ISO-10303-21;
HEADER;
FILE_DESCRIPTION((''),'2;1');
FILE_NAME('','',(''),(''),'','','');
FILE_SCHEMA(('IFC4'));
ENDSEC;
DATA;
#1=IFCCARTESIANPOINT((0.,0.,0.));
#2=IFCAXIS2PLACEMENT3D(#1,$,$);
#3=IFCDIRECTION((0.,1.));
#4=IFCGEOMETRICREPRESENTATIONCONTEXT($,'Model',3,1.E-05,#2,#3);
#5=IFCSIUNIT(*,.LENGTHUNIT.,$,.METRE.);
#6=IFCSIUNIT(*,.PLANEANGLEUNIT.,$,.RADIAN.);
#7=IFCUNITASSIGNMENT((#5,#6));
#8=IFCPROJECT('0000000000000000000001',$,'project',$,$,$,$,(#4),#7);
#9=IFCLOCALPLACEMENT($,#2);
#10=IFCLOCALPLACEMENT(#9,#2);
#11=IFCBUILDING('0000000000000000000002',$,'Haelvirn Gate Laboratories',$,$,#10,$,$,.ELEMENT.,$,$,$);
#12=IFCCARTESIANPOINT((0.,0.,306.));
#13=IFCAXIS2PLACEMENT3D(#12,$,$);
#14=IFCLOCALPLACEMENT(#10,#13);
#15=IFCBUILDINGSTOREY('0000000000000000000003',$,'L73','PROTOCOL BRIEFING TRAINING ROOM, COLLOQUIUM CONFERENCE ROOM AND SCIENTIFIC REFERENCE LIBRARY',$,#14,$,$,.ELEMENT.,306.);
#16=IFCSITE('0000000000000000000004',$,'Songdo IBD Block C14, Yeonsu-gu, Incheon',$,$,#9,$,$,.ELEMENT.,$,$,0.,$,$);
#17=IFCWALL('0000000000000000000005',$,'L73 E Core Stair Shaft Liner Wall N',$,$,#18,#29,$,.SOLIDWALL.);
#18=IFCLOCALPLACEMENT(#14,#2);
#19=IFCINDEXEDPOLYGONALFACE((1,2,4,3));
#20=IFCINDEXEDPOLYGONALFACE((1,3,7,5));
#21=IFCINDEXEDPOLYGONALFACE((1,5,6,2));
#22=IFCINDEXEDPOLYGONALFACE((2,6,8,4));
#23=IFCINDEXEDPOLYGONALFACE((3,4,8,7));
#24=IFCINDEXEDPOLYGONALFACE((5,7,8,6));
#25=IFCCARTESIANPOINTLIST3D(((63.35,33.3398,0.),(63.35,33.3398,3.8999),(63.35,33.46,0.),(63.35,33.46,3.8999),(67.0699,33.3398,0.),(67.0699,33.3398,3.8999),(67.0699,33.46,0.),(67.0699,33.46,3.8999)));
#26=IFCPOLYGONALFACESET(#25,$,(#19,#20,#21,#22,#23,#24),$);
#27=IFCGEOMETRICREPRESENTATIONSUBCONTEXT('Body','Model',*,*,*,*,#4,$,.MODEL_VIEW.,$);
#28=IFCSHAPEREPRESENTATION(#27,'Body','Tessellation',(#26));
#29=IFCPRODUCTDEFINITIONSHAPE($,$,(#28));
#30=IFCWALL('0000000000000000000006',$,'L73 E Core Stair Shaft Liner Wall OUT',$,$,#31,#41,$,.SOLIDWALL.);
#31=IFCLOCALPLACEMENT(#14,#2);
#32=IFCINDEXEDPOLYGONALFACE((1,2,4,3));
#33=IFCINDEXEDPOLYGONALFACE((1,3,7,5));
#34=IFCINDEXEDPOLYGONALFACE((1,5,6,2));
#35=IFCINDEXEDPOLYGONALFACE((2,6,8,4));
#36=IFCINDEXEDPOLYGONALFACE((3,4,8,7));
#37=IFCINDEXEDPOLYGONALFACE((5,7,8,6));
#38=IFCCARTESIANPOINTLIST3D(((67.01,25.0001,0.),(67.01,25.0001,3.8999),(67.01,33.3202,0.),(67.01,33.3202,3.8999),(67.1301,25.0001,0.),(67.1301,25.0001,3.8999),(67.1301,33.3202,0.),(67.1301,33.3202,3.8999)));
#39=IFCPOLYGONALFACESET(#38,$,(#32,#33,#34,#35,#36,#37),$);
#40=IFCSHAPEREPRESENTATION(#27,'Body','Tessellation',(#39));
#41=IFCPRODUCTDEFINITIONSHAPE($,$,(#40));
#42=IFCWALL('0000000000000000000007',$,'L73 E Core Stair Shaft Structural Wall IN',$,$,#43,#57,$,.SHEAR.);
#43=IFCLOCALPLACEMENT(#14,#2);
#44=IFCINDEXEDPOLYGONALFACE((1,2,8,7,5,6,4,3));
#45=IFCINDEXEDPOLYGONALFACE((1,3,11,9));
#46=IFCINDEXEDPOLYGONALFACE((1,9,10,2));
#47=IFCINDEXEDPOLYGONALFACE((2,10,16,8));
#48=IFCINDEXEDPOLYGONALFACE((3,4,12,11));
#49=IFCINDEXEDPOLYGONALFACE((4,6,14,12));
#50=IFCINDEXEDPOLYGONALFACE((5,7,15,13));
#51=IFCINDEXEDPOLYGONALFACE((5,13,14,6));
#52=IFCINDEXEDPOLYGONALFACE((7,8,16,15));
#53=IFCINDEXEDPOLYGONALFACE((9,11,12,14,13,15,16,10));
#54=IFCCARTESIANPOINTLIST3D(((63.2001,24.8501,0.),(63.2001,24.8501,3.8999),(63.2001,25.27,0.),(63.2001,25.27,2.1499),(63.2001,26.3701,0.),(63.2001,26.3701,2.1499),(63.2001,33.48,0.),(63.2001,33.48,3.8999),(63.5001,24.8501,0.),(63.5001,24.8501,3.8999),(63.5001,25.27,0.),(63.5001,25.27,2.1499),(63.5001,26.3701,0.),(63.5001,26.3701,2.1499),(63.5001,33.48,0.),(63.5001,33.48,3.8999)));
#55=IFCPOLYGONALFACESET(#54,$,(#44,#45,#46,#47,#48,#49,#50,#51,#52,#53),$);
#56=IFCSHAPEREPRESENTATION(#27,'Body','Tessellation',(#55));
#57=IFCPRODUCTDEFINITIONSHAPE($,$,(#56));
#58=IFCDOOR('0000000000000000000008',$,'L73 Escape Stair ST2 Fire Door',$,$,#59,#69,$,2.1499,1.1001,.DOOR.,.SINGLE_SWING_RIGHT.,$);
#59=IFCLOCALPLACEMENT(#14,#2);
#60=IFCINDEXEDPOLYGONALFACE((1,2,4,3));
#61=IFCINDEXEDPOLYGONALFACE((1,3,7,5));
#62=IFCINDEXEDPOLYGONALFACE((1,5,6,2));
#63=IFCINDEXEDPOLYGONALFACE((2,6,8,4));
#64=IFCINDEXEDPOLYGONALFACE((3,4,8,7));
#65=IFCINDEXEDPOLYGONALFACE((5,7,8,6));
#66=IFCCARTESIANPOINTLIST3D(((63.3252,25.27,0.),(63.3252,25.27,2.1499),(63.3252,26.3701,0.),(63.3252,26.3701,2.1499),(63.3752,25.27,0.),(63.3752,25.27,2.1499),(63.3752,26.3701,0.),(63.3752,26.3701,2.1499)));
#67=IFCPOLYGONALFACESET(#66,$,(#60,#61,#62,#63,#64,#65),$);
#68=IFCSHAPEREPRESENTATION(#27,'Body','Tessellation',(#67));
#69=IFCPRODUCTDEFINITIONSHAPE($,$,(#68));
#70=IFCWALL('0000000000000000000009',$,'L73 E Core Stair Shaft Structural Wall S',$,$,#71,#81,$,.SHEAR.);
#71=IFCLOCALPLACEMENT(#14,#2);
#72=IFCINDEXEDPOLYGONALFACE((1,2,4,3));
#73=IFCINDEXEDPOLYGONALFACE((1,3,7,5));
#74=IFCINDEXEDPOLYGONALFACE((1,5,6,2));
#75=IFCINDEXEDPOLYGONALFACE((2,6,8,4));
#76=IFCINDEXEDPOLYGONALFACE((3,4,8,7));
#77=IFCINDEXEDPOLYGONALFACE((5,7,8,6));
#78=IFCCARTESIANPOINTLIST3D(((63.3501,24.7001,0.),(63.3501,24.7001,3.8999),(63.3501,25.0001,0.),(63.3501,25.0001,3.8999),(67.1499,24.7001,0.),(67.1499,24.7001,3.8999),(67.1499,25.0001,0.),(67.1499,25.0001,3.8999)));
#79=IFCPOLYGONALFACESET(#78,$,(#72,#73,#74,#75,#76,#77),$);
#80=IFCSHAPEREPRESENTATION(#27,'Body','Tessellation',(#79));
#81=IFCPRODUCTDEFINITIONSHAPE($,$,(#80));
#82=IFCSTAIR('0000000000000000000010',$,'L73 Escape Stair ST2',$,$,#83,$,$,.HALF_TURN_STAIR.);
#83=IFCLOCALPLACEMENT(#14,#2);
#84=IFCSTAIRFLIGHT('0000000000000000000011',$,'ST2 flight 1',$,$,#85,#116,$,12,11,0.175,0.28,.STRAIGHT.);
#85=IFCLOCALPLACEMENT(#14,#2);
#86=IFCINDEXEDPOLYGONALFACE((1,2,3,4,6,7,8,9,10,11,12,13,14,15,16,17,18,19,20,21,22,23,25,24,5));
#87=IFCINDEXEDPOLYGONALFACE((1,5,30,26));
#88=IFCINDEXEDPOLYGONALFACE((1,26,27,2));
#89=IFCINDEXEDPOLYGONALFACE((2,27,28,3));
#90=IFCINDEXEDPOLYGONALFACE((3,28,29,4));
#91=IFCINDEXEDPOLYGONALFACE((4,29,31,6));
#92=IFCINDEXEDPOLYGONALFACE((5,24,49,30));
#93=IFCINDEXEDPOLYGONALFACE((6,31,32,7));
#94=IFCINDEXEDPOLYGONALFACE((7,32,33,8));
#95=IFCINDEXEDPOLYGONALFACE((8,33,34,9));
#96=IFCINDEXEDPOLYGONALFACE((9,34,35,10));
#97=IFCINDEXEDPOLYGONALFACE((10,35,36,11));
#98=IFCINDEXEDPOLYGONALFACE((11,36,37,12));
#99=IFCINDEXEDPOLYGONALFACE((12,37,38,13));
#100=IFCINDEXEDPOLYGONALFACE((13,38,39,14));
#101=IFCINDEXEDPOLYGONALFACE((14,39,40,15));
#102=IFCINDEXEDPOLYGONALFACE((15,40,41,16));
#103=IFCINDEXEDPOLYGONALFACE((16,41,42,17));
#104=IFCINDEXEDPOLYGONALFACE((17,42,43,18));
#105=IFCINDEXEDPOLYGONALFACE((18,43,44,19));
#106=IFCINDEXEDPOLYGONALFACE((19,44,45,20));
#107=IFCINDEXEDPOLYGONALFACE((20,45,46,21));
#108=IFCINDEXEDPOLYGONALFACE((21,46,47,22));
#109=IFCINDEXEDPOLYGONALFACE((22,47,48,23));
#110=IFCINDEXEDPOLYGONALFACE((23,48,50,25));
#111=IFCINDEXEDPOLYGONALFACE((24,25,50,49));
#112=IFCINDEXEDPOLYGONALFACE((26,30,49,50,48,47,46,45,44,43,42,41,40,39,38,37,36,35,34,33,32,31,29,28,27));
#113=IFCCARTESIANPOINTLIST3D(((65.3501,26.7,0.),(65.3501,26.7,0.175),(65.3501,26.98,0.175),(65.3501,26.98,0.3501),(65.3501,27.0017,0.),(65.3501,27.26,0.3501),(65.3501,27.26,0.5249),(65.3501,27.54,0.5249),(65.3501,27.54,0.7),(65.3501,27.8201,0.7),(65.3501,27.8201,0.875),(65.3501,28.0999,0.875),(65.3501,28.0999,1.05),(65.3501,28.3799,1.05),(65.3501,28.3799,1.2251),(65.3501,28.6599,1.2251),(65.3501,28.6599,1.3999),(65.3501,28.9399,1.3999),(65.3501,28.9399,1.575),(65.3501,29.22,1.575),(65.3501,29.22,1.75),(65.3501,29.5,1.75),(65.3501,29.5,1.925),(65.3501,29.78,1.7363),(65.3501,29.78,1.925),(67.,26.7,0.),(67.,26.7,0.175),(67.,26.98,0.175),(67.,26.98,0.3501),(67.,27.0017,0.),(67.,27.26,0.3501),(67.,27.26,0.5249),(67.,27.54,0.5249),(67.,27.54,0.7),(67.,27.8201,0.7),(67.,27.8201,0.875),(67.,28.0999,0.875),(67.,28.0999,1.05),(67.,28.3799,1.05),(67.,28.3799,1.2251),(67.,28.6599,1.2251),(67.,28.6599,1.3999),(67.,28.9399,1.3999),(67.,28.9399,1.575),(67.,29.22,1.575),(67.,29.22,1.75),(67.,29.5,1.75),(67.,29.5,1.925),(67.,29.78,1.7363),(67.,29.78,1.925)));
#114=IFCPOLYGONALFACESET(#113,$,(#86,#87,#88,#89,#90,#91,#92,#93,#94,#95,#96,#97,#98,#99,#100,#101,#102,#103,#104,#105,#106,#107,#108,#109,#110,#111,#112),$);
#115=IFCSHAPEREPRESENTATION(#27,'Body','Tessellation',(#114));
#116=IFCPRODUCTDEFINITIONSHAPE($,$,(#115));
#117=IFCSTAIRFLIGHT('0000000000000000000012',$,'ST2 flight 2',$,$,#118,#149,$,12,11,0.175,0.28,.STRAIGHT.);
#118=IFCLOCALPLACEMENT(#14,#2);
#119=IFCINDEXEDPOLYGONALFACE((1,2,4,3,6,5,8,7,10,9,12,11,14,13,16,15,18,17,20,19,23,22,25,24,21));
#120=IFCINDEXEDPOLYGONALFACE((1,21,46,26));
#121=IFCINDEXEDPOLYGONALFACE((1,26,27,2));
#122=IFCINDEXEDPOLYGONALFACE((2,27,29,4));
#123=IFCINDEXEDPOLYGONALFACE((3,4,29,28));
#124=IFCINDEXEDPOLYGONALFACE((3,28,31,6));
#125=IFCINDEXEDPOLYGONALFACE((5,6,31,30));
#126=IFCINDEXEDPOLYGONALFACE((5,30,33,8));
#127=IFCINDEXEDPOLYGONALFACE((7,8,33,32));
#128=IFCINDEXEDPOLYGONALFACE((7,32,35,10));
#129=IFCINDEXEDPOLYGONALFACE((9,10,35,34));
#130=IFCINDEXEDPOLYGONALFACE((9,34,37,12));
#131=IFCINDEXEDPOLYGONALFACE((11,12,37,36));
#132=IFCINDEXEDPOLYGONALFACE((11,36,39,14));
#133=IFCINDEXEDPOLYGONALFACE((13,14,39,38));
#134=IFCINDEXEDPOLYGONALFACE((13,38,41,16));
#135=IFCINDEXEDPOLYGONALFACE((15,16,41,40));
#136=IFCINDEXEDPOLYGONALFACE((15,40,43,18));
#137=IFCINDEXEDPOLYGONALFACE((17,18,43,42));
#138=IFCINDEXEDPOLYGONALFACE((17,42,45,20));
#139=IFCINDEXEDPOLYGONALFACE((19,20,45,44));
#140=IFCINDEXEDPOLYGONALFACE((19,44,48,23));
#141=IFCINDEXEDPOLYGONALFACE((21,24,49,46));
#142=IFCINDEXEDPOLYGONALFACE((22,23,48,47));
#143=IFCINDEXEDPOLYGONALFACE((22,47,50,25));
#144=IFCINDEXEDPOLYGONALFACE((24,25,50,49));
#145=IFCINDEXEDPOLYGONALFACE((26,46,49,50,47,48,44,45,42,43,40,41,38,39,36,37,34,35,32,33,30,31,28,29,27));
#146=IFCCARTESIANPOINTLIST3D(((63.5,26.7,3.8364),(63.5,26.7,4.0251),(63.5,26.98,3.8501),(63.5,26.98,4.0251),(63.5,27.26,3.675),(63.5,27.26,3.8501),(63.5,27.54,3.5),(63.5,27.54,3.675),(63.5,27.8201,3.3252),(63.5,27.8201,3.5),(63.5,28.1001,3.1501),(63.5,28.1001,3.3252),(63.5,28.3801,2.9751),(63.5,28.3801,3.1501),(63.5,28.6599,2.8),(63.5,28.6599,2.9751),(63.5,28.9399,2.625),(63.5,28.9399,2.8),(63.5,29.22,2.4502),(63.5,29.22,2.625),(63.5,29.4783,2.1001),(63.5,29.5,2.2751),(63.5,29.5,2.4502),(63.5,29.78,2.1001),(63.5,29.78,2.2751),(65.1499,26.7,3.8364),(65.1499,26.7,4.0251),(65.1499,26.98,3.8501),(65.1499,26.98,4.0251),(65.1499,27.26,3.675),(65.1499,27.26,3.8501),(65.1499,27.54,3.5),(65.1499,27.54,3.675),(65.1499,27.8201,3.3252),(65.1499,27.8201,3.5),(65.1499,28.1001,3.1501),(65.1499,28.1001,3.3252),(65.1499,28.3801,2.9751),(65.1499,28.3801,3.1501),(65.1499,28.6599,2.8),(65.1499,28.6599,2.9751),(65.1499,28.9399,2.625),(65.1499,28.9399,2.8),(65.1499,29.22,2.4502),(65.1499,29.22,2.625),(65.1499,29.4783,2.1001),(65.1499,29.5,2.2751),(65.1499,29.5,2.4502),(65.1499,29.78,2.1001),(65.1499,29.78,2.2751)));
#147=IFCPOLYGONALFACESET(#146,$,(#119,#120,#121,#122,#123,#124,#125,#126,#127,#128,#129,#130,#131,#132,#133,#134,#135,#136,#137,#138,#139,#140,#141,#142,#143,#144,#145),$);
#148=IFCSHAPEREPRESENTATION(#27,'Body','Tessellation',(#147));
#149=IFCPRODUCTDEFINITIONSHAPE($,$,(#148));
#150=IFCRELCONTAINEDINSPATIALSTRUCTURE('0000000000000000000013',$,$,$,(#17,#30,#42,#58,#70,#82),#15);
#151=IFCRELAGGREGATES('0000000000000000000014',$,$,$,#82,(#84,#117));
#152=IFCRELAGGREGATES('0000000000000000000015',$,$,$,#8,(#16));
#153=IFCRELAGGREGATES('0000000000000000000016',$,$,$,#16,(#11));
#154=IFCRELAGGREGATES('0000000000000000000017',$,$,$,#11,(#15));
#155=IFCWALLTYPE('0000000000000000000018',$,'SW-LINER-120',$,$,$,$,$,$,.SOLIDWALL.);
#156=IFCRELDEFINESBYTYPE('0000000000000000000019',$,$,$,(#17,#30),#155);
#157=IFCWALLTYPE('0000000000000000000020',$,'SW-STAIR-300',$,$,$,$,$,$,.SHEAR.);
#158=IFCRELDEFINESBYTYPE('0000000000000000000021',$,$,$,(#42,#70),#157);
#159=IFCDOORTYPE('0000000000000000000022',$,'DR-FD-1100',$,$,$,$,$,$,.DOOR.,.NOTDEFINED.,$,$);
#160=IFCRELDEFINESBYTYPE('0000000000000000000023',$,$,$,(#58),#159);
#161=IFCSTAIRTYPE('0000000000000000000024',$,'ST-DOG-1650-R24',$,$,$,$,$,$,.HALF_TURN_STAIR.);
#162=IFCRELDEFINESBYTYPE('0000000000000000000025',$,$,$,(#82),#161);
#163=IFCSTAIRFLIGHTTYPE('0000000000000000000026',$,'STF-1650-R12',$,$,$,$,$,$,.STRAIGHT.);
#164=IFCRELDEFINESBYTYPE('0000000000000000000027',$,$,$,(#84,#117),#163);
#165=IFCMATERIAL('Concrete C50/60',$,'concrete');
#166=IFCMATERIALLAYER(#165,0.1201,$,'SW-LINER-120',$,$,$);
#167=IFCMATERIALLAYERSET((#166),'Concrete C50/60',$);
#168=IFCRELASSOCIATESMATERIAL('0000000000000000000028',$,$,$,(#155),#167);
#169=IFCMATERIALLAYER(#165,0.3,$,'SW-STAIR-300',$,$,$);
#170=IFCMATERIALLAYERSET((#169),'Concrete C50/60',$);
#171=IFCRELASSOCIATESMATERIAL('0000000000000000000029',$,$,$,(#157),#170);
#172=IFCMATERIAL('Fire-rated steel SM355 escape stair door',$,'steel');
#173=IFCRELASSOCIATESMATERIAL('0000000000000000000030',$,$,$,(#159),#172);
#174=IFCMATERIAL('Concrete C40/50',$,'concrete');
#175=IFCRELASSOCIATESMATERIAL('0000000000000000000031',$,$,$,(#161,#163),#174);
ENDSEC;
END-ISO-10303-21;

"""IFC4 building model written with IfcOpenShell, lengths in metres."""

from ifc_helpers import new_model, si_unit, direction, frame, frame_2d, origin, place, context, subcontext, project, spatial, polyline, rectangle, outline, extrude, source, transform, mapped, material, layer, layer_set, type_object, type_shapes, element, fill, aggregate, save


model = new_model("IFC4")

# Units and contexts
model_context = context("Model", 3, precision=1e-05, world=origin(), true_north=direction((0.0, 1.0)))
body_context = subcontext(model_context, "Body", "Model", "MODEL_VIEW")
ifc_project = project(units=[si_unit("LENGTHUNIT", "METRE"), si_unit("PLANEANGLEUNIT", "RADIAN")], contexts=[model_context])

# Site, building, storey
site_placement = place(None, origin())
site = spatial("IfcSite", under=ifc_project, at=site_placement, Name="Songdo IBD Block C14, Yeonsu-gu, Incheon", CompositionType="ELEMENT", RefElevation=0.0)
building_placement = place(site_placement, origin())
building = spatial("IfcBuilding", under=site, at=building_placement, Name="Haelvirn Gate Laboratories", CompositionType="ELEMENT")
storey_placement = place(building_placement, frame((0.0, 0.0, 306.0)))
storey = spatial("IfcBuildingStorey", under=building, at=storey_placement, Name="L73", Description="PROTOCOL BRIEFING TRAINING ROOM, COLLOQUIUM CONFERENCE ROOM AND SCIENTIFIC REFERENCE LIBRARY", CompositionType="ELEMENT", Elevation=306.0)

# Shared definitions
ifc_material_1 = material(Name="Concrete C40/50", Category="concrete")

# Walls
ifc_material_2 = material(Name="Concrete C50/60", Category="concrete")
ifc_layer_1 = layer(ifc_material_2, 0.1201, Name="SW-LINER-120")
ifc_layer_set_1 = layer_set([ifc_layer_1], Name="Concrete C50/60")
wall_type_1 = type_object("IfcWallType", Name="SW-LINER-120", PredefinedType="SOLIDWALL", material=ifc_layer_set_1)
wall_1_placement = place(storey_placement, frame((63.3501, 33.3999, 0.0), z_axis=(0.0, 0.0, 1.0), x_axis=(1.0, 0.0, 0.0)))
element("IfcWall", 1, at=wall_1_placement, inside=storey, type_object=wall_type_1, Name="L73 E Core Stair Shaft Liner Wall N", PredefinedType="SOLIDWALL", context=body_context, shape_type="SweptSolid", body=[
    extrude(rectangle(XDim=3.72, YDim=0.1201, at=frame_2d((1.8599, 0.0))), origin(), (0.0, 0.0, 1.0), 3.8999),
])
wall_2_placement = place(storey_placement, frame((67.0701, 25.0, 0.0), z_axis=(0.0, 0.0, 1.0), x_axis=(0.0, 1.0, 0.0)))
element("IfcWall", 2, at=wall_2_placement, inside=storey, type_object=wall_type_1, Name="L73 E Core Stair Shaft Liner Wall OUT", PredefinedType="SOLIDWALL", context=body_context, shape_type="SweptSolid", body=[
    extrude(rectangle(XDim=8.3201, YDim=0.1201, at=frame_2d((4.1602, 0.0))), origin(), (0.0, 0.0, 1.0), 3.8999),
])

# Wall, opening, door
ifc_layer_2 = layer(ifc_material_2, 0.3, Name="SW-STAIR-300")
ifc_layer_set_2 = layer_set([ifc_layer_2], Name="Concrete C50/60")
wall_type_2 = type_object("IfcWallType", Name="SW-STAIR-300", PredefinedType="SHEAR", material=ifc_layer_set_2)
wall_3_placement = place(storey_placement, frame((63.3501, 24.8501, 0.0), z_axis=(0.0, 0.0, 1.0), x_axis=(0.0, 1.0, 0.0)))
wall_3 = element("IfcWall", 3, at=wall_3_placement, inside=storey, type_object=wall_type_2, Name="L73 E Core Stair Shaft Structural Wall IN", PredefinedType="SHEAR", context=body_context, shape_type="SweptSolid", body=[
    extrude(rectangle(XDim=8.6299, YDim=0.3, at=frame_2d((4.3149, 0.0))), origin(), (0.0, 0.0, 1.0), 3.8999),
])
opening_1_placement = place(wall_3_placement, frame((0.4199, 0.0, 0.0)))
opening_1 = element("IfcOpeningElement", 4, at=opening_1_placement, cuts=wall_3, PredefinedType="OPENING", context=body_context, shape_type="SweptSolid", body=[
    extrude(rectangle(XDim=1.1001, YDim=2.1499, at=frame_2d((0.55, 1.075))), frame((0.0, 0.1602, 0.0), z_axis=(0.0, -1.0, 0.0), x_axis=(1.0, 0.0, 0.0)), (0.0, 0.0, 1.0), 0.3201),
])
ifc_material_3 = material(Name="Fire-rated steel SM355 escape stair door", Category="steel")
door_type_1 = type_object("IfcDoorType", Name="DR-FD-1100", OperationType="NOTDEFINED", PredefinedType="DOOR", material=ifc_material_3)
shared_shape_1 = source(origin(), body_context, "Body", "SweptSolid", [
    extrude(rectangle(XDim=1.1001, YDim=2.1499, at=frame_2d((0.55, 1.075))), frame((0.0, 0.0249, 0.0), z_axis=(0.0, -1.0, 0.0), x_axis=(1.0, 0.0, 0.0)), (0.0, 0.0, 1.0), 0.05),
])
type_shapes(door_type_1, [shared_shape_1])
door_1_placement = place(opening_1_placement, origin())
door_1 = element("IfcDoor", 5, at=door_1_placement, inside=storey, type_object=door_type_1, Name="L73 Escape Stair ST2 Fire Door", OperationType="SINGLE_SWING_RIGHT", OverallHeight=2.1499, OverallWidth=1.1001, PredefinedType="DOOR", context=body_context, shape_type="MappedRepresentation", body=[
    mapped(shared_shape_1, transform((0.0, 0.0, 0.0), scale=1.0)),
])
fill(opening_1, door_1)

# Wall
wall_4_placement = place(storey_placement, frame((63.3501, 24.8501, 0.0), z_axis=(0.0, 0.0, 1.0), x_axis=(1.0, 0.0, 0.0)))
element("IfcWall", 6, at=wall_4_placement, inside=storey, type_object=wall_type_2, Name="L73 E Core Stair Shaft Structural Wall S", PredefinedType="SHEAR", context=body_context, shape_type="SweptSolid", body=[
    extrude(rectangle(XDim=3.7998, YDim=0.3, at=frame_2d((1.8999, 0.0))), origin(), (0.0, 0.0, 1.0), 3.8999),
])

# Stair, stair flights
stair_type = type_object("IfcStairType", Name="ST-DOG-1650-R24", PredefinedType="HALF_TURN_STAIR", material=ifc_material_1)
stair_placement = place(storey_placement, origin())
stair = element("IfcStair", 7, at=stair_placement, inside=storey, type_object=stair_type, Name="L73 Escape Stair ST2", PredefinedType="HALF_TURN_STAIR")
stair_flight_type = type_object("IfcStairFlightType", Name="STF-1650-R12", PredefinedType="STRAIGHT", material=ifc_material_1)
shared_shape_2 = source(origin(), body_context, "Body", "SweptSolid", [
    extrude(outline(polyline([(0.0, 0.0), (0.0, 0.175), (0.28, 0.175), (0.28, 0.3501), (0.5601, 0.3501), (0.5601, 0.5249), (0.8401, 0.5249), (0.8401, 0.7), (1.1201, 0.7), (1.1201, 0.875), (1.3999, 0.875), (1.3999, 1.05), (1.6799, 1.05), (1.6799, 1.2251), (1.96, 1.2251), (1.96, 1.3999), (2.24, 1.3999), (2.24, 1.575), (2.52, 1.575), (2.52, 1.75), (2.8, 1.75), (2.8, 1.925), (3.0801, 1.925), (3.0801, 2.1001), (3.0801, 1.7363), (0.3018, 0.0), (0.0, 0.0)])), frame((0.0, 0.825, 0.0), z_axis=(0.0, -1.0, 0.0), x_axis=(1.0, 0.0, 0.0)), (0.0, 0.0, 1.0), 1.6499),
])
type_shapes(stair_flight_type, [shared_shape_2])
stair_flight_1_placement = place(storey_placement, frame((66.175, 26.7, 0.0), z_axis=(0.0, 0.0, 1.0), x_axis=(0.0, 1.0, 0.0)))
stair_flight_1 = element("IfcStairFlight", 8, at=stair_flight_1_placement, type_object=stair_flight_type, Name="ST2 flight 1", NumberOfRisers=12, NumberOfTreads=11, PredefinedType="STRAIGHT", RiserHeight=0.175, TreadLength=0.28, context=body_context, shape_type="MappedRepresentation", body=[
    mapped(shared_shape_2, transform((0.0, 0.0, 0.0), scale=1.0)),
])
stair_flight_2_placement = place(storey_placement, frame((64.325, 29.78, 2.1001), z_axis=(0.0, 0.0, 1.0), x_axis=(0.0, -1.0, 0.0)))
stair_flight_2 = element("IfcStairFlight", 9, at=stair_flight_2_placement, type_object=stair_flight_type, Name="ST2 flight 2", NumberOfRisers=12, NumberOfTreads=11, PredefinedType="STRAIGHT", RiserHeight=0.175, TreadLength=0.28, context=body_context, shape_type="MappedRepresentation", body=[
    mapped(shared_shape_2, transform((0.0, 0.0, 0.0), scale=1.0)),
])
aggregate(stair, [stair_flight_1, stair_flight_2])

save(model, "model.ifc")
